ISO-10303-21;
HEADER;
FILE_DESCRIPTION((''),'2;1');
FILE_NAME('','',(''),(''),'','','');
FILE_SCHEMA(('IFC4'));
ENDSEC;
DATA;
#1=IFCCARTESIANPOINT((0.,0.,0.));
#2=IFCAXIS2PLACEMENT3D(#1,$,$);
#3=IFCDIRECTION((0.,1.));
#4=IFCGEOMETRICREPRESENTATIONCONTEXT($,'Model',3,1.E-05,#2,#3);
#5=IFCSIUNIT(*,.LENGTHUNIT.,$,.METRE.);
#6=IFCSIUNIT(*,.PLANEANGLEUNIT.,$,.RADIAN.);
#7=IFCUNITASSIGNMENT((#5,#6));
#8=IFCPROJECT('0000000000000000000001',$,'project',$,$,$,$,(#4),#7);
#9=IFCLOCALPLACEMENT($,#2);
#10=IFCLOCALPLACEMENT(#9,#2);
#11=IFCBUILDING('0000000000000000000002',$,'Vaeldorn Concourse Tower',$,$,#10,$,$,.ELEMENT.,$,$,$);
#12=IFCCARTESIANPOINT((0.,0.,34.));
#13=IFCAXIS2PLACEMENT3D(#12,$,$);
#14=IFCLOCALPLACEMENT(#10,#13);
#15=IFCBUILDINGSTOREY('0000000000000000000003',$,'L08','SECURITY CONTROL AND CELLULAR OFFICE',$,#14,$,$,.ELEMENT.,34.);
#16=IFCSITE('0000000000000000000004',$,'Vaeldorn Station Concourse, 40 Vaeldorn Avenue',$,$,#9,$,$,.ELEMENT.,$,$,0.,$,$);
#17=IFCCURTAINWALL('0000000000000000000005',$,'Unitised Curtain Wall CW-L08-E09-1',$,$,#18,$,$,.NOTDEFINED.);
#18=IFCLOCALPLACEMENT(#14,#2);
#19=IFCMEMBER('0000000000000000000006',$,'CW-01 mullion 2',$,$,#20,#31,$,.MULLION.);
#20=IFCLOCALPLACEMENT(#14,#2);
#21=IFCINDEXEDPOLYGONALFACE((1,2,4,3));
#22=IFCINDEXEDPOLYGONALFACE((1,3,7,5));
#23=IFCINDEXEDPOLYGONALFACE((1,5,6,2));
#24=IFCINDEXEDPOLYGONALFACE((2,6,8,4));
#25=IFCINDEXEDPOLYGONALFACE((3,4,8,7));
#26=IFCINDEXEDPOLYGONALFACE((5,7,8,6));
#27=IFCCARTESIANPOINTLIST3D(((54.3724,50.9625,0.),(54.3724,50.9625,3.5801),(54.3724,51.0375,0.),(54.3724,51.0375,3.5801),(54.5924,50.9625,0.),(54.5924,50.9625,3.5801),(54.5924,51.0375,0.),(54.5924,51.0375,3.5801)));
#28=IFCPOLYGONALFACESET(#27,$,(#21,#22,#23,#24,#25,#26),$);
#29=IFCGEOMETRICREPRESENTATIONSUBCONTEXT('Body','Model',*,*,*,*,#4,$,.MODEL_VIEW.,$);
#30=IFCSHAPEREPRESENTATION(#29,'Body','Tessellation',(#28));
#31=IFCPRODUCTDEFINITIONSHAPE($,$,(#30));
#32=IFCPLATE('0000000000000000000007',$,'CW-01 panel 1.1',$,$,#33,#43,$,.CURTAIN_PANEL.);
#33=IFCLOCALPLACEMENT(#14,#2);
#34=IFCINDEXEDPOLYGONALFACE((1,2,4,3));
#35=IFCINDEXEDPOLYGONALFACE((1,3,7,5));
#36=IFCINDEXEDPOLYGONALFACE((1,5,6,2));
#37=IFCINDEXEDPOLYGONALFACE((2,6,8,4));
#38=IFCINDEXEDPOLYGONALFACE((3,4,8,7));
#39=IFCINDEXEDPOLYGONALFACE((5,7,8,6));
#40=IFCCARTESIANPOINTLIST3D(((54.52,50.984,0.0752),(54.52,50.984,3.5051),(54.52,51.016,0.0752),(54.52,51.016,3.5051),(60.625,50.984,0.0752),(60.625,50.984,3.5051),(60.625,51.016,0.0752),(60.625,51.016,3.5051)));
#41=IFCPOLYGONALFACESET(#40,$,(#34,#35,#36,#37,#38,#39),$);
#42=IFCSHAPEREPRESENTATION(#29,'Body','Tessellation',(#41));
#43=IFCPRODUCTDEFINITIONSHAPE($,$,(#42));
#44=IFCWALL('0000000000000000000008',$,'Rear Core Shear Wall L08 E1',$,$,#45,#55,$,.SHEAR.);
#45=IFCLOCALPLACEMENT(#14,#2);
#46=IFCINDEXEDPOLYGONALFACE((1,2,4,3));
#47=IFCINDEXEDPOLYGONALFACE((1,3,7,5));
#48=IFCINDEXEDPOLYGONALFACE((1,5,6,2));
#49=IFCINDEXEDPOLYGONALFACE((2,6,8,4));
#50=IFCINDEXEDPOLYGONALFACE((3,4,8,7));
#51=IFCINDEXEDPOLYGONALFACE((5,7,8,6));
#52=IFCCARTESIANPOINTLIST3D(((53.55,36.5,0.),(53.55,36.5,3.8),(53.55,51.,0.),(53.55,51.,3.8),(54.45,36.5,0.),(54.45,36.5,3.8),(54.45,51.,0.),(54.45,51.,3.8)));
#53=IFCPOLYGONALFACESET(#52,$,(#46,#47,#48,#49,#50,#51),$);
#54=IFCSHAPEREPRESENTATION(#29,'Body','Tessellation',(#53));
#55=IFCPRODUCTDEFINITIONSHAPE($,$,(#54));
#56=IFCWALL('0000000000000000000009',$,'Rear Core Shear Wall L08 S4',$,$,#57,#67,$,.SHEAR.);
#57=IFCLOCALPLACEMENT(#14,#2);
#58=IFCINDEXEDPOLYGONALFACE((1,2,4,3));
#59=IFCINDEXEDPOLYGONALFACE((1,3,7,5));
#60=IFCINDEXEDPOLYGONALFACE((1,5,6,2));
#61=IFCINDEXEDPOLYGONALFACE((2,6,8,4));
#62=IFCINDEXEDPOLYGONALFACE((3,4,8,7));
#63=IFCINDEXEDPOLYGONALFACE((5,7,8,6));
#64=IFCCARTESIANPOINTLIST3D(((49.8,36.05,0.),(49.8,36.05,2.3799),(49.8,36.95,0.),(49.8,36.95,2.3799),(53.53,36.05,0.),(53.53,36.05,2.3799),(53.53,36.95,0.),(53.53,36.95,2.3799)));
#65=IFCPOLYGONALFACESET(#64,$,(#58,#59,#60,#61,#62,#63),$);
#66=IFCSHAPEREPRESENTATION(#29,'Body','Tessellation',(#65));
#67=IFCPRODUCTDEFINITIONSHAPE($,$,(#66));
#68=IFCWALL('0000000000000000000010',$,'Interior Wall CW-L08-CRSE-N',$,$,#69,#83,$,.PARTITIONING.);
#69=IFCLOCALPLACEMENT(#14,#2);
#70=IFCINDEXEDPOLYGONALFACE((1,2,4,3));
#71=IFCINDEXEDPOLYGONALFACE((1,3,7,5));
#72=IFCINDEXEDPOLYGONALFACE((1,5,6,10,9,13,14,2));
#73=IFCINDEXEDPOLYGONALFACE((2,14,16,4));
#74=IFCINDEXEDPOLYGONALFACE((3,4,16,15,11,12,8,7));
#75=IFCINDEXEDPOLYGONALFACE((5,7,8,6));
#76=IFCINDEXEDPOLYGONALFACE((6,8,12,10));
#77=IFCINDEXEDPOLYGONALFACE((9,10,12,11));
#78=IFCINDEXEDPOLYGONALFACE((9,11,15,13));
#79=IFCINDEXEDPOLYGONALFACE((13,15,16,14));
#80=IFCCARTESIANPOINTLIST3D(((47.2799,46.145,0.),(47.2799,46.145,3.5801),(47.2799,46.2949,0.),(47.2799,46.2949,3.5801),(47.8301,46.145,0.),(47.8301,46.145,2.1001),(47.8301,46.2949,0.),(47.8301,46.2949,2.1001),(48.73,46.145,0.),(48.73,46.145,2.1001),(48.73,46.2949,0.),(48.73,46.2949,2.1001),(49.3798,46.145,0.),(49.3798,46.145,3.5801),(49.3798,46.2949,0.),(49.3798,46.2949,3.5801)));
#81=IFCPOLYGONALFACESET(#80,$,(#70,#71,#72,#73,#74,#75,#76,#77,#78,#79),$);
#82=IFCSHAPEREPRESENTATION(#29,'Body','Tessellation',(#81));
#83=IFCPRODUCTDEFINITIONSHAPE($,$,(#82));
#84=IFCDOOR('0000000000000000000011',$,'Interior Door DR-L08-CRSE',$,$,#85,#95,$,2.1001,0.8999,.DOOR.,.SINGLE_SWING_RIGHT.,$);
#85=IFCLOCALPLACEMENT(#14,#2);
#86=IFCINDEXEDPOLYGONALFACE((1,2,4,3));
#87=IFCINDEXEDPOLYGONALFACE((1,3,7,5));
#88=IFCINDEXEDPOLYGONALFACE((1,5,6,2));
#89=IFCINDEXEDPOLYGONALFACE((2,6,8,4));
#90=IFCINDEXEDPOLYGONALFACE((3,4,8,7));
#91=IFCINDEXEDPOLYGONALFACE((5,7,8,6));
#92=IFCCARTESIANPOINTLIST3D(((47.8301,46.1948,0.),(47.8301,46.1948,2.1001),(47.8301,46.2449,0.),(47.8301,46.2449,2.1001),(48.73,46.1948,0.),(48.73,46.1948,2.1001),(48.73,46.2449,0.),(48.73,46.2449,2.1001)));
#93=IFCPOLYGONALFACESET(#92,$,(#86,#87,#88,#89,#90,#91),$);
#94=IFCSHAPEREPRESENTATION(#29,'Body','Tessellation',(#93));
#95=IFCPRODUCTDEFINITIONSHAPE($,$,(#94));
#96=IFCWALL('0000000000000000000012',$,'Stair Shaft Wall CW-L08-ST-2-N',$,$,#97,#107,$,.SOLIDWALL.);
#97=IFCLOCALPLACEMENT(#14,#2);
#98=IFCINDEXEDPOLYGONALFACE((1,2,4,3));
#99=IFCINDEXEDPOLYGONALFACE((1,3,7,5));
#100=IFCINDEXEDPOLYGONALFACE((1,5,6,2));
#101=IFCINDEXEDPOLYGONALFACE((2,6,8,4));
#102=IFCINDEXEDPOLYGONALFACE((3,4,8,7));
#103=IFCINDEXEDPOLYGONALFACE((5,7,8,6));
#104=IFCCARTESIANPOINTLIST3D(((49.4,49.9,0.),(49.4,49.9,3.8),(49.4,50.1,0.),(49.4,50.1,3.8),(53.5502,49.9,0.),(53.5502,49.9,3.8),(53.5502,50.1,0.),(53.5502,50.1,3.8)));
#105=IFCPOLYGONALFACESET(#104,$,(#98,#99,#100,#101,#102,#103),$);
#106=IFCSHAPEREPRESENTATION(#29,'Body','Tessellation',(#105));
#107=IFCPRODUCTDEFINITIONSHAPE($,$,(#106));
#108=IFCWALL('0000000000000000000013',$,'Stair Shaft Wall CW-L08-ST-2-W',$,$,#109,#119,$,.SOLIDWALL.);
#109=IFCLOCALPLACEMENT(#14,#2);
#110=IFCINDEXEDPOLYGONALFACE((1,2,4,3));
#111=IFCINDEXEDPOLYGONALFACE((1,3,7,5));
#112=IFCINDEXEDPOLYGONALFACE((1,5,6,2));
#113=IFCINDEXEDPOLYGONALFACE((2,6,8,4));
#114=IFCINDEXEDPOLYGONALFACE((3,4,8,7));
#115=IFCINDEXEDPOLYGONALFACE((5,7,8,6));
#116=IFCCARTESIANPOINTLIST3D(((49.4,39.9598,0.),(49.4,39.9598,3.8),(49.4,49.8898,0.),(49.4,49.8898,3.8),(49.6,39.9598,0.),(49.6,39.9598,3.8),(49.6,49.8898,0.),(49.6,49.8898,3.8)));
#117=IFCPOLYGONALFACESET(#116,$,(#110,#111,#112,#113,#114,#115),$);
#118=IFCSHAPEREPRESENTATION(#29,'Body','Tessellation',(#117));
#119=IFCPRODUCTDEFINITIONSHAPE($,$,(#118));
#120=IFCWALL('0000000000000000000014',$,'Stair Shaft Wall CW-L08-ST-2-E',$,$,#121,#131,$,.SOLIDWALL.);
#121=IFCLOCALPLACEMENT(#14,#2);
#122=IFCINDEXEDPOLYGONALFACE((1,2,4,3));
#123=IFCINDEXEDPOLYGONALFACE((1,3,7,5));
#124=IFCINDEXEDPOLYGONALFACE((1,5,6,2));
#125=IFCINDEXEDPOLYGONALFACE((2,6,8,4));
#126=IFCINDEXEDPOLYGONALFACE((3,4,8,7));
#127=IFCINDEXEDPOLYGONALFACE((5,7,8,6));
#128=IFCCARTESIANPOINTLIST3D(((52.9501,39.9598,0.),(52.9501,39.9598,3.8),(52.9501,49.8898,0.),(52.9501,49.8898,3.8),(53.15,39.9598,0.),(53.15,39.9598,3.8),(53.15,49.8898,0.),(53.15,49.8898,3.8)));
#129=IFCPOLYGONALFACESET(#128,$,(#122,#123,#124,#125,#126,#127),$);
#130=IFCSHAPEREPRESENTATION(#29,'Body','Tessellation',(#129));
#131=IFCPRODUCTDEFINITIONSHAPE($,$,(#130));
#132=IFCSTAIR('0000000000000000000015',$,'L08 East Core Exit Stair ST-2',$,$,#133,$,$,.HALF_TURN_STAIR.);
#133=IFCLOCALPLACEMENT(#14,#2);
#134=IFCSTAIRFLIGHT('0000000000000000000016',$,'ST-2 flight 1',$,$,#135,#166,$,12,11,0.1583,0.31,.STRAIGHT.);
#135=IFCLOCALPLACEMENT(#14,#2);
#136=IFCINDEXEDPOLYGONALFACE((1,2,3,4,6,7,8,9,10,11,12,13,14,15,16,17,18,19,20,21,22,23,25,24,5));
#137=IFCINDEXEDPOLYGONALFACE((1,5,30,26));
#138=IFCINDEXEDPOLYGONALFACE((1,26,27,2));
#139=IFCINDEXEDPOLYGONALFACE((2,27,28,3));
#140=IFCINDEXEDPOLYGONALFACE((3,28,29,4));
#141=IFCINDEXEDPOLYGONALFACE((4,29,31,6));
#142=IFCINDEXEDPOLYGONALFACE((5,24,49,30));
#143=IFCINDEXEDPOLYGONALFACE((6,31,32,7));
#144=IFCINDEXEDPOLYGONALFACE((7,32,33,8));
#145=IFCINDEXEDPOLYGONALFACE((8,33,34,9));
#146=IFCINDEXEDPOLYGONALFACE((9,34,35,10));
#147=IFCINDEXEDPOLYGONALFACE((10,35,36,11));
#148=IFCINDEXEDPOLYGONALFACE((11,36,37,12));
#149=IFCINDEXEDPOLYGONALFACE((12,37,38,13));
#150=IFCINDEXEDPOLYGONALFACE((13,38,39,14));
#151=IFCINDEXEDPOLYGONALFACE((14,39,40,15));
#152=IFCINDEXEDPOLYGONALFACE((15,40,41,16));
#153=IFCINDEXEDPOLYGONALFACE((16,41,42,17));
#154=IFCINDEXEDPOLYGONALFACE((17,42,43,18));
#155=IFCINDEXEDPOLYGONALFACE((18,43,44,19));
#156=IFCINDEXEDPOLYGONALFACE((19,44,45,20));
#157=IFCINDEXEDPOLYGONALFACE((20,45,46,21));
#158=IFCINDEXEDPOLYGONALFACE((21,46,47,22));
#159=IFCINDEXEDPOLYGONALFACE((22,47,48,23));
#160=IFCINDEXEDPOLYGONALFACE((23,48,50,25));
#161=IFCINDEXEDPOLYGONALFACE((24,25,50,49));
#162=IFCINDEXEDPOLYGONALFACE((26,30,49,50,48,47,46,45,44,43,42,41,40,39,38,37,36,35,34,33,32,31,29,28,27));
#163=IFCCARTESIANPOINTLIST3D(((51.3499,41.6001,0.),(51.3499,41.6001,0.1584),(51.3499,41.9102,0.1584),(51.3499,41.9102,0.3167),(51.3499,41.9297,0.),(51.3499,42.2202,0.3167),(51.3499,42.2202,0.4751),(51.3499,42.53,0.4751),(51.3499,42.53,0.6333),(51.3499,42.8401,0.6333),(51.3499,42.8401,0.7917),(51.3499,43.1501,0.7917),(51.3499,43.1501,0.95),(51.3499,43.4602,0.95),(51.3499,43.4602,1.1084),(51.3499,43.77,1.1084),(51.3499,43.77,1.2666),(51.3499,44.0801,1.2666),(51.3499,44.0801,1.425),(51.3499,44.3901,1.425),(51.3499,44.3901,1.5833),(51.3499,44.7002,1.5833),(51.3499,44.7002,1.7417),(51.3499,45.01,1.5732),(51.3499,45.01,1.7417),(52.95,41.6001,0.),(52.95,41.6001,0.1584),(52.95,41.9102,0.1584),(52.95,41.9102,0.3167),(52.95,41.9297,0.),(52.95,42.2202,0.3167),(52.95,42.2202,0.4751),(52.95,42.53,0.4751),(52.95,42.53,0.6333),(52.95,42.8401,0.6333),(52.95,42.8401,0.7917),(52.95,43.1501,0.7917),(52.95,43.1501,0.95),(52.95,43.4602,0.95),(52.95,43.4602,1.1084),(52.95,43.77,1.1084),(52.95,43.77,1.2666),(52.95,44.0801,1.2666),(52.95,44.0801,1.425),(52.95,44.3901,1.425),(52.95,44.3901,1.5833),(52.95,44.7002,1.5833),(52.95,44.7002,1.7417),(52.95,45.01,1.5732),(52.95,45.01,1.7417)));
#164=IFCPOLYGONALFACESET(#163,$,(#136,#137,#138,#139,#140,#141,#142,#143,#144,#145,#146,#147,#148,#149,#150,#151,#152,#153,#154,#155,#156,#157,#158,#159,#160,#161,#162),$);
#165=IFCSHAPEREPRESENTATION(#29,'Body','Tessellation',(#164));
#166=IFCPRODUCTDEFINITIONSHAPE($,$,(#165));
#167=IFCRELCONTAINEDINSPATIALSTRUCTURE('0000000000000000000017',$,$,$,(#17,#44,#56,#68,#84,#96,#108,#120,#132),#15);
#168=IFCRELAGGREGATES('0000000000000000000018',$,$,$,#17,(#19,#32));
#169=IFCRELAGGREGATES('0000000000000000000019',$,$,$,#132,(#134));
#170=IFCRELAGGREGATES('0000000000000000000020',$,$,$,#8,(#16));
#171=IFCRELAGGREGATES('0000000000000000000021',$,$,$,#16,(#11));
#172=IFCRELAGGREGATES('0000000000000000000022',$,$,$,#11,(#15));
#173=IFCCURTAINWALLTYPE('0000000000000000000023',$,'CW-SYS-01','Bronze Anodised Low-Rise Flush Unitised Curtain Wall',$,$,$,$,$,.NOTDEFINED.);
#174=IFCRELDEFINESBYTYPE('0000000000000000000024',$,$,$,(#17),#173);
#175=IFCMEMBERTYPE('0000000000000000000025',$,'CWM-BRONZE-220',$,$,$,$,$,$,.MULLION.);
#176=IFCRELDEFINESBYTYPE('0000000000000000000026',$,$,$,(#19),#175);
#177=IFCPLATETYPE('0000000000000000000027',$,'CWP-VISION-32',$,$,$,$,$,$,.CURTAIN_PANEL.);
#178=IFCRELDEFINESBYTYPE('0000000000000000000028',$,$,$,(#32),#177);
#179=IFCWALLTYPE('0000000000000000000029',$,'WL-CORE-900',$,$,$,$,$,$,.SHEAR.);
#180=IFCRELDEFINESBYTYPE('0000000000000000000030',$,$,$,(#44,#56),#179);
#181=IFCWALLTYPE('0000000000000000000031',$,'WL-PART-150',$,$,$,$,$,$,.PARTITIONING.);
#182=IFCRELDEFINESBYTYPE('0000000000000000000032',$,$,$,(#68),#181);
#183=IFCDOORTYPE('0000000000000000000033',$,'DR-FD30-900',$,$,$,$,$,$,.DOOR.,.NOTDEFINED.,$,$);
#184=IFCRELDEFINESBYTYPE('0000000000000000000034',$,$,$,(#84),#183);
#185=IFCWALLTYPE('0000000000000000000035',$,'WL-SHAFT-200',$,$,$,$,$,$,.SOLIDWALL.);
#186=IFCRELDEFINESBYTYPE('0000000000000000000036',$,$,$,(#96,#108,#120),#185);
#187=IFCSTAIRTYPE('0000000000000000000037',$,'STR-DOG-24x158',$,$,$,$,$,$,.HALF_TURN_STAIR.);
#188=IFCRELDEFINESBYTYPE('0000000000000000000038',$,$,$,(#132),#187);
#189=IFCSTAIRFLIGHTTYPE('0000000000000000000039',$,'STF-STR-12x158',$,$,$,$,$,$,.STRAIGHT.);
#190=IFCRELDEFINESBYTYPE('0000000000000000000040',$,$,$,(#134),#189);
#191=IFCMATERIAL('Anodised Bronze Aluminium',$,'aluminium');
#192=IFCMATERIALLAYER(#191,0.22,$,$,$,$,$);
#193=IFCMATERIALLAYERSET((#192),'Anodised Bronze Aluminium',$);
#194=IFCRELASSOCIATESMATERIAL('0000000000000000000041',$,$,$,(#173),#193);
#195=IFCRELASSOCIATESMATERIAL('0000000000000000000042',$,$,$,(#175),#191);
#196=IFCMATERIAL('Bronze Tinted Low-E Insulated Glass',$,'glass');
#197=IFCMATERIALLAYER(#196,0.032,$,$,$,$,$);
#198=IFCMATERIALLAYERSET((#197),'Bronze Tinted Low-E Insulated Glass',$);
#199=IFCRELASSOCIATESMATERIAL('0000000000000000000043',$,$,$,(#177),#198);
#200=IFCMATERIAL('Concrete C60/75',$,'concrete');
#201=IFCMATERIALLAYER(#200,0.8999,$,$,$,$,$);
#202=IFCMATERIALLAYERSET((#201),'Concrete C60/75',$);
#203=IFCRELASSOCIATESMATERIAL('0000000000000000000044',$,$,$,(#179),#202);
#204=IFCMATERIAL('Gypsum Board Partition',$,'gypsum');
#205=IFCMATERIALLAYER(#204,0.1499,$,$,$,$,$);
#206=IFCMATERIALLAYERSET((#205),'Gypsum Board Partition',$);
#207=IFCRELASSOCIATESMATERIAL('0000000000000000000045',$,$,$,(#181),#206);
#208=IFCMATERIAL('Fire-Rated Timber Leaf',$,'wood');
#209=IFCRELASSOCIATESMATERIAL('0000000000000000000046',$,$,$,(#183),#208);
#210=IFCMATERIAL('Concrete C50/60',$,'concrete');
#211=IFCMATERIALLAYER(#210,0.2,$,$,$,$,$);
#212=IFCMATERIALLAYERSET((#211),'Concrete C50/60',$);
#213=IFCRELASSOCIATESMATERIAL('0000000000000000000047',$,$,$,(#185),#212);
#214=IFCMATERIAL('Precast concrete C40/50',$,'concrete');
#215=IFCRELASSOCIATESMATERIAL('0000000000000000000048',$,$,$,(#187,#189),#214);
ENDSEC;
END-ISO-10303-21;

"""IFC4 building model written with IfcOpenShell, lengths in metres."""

from ifc_helpers import new_model, si_unit, direction, frame, frame_2d, origin, origin_2d, place, context, subcontext, project, spatial, polyline, rectangle, outline, extrude, source, transform, mapped, material, layer, layer_set, material_profile, profile_set, type_object, element, fill, aggregate, save


model = new_model("IFC4")

# Units and contexts
model_context = context("Model", 3, precision=1e-05, world=origin(), true_north=direction((0.0, 1.0)))
body_context = subcontext(model_context, "Body", "Model", "MODEL_VIEW")
ifc_project = project(units=[si_unit("LENGTHUNIT", "METRE"), si_unit("PLANEANGLEUNIT", "RADIAN")], contexts=[model_context])

# Site, building, storey
site_placement = place(None, origin())
site = spatial("IfcSite", under=ifc_project, at=site_placement, Name="Vaeldorn Station Concourse, 40 Vaeldorn Avenue", CompositionType="ELEMENT", RefElevation=0.0)
building_placement = place(site_placement, origin())
building = spatial("IfcBuilding", under=site, at=building_placement, Name="Vaeldorn Concourse Tower", CompositionType="ELEMENT")
storey_placement = place(building_placement, frame((0.0, 0.0, 34.0)))
storey = spatial("IfcBuildingStorey", under=building, at=storey_placement, Name="L08", Description="SECURITY CONTROL AND CELLULAR OFFICE", CompositionType="ELEMENT", Elevation=34.0)

# Shared definitions
ifc_material_1 = material(Name="Concrete C60/75", Category="concrete")

# Curtain wall, member, plate
ifc_material_2 = material(Name="Anodised Bronze Aluminium", Category="aluminium")
ifc_layer_1 = layer(ifc_material_2, 0.22)
ifc_layer_set_1 = layer_set([ifc_layer_1], Name="Anodised Bronze Aluminium")
curtain_wall_type = type_object("IfcCurtainWallType", Name="CW-SYS-01", Description="Bronze Anodised Low-Rise Flush Unitised Curtain Wall", PredefinedType="NOTDEFINED", material=ifc_layer_set_1)
curtain_wall_placement = place(storey_placement, origin())
curtain_wall = element("IfcCurtainWall", 1, at=curtain_wall_placement, inside=storey, type_object=curtain_wall_type, Name="Unitised Curtain Wall CW-L08-E09-1", PredefinedType="NOTDEFINED")
ifc_material_profile_1 = material_profile(ifc_material_2, rectangle(XDim=0.075, YDim=0.22, at=origin_2d()), Name="CWM 75x220")
ifc_profile_set_1 = profile_set([ifc_material_profile_1], Name="Anodised Bronze Aluminium")
member_type = type_object("IfcMemberType", Name="CWM-BRONZE-220", PredefinedType="MULLION", material=ifc_profile_set_1)
shared_shape_1 = source(origin(), body_context, "Body", "SweptSolid", [
    extrude(rectangle(XDim=0.075, YDim=0.22, at=origin_2d()), origin(), (0.0, 0.0, 1.0), 3.5801),
])
member_placement = place(storey_placement, frame((54.4824, 51.0, 0.0), z_axis=(0.0, 0.0, 1.0), x_axis=(0.0, -1.0, 0.0)))
member = element("IfcMember", 2, at=member_placement, type_object=member_type, Name="CW-01 mullion 2", PredefinedType="MULLION", context=body_context, shape_type="MappedRepresentation", body=[
    mapped(shared_shape_1, transform((0.0, 0.0, 0.0), scale=1.0)),
])
ifc_material_3 = material(Name="Bronze Tinted Low-E Insulated Glass", Category="glass")
ifc_layer_2 = layer(ifc_material_3, 0.032)
ifc_layer_set_2 = layer_set([ifc_layer_2], Name="Bronze Tinted Low-E Insulated Glass")
plate_type = type_object("IfcPlateType", Name="CWP-VISION-32", PredefinedType="CURTAIN_PANEL", material=ifc_layer_set_2)
shared_shape_2 = source(origin(), body_context, "Body", "SweptSolid", [
    extrude(rectangle(XDim=6.105, YDim=0.032, at=origin_2d()), origin(), (0.0, 0.0, 1.0), 3.4299),
])
plate_placement = place(storey_placement, frame((57.5725, 51.0, 0.0752), z_axis=(0.0, 0.0, 1.0), x_axis=(-1.0, 0.0, 0.0)))
plate = element("IfcPlate", 3, at=plate_placement, type_object=plate_type, Name="CW-01 panel 1.1", PredefinedType="CURTAIN_PANEL", context=body_context, shape_type="MappedRepresentation", body=[
    mapped(shared_shape_2, transform((0.0, 0.0, 0.0), scale=1.0)),
])
aggregate(curtain_wall, [member, plate])

# Walls
ifc_layer_3 = layer(ifc_material_1, 0.8999)
ifc_layer_set_3 = layer_set([ifc_layer_3], Name="Concrete C60/75")
wall_type_1 = type_object("IfcWallType", Name="WL-CORE-900", PredefinedType="SHEAR", material=ifc_layer_set_3)
wall_1_placement = place(storey_placement, frame((54.0, 36.5, 0.0), z_axis=(0.0, 0.0, 1.0), x_axis=(0.0, 1.0, 0.0)))
element("IfcWall", 4, at=wall_1_placement, inside=storey, type_object=wall_type_1, Name="Rear Core Shear Wall L08 E1", PredefinedType="SHEAR", context=body_context, shape_type="SweptSolid", body=[
    extrude(rectangle(XDim=14.5, YDim=0.8999, at=frame_2d((7.25, 0.0))), origin(), (0.0, 0.0, 1.0), 3.8),
])
wall_2_placement = place(storey_placement, frame((49.8, 36.5, 0.0), z_axis=(0.0, 0.0, 1.0), x_axis=(1.0, 0.0, 0.0)))
element("IfcWall", 5, at=wall_2_placement, inside=storey, type_object=wall_type_1, Name="Rear Core Shear Wall L08 S4", PredefinedType="SHEAR", context=body_context, shape_type="SweptSolid", body=[
    extrude(rectangle(XDim=3.73, YDim=0.8999, at=frame_2d((1.865, 0.0))), origin(), (0.0, 0.0, 1.0), 2.3799),
])

# Wall, opening, door
ifc_material_4 = material(Name="Gypsum Board Partition", Category="gypsum")
ifc_layer_4 = layer(ifc_material_4, 0.1499)
ifc_layer_set_4 = layer_set([ifc_layer_4], Name="Gypsum Board Partition")
wall_type_2 = type_object("IfcWallType", Name="WL-PART-150", PredefinedType="PARTITIONING", material=ifc_layer_set_4)
wall_3_placement = place(storey_placement, frame((47.28, 46.22, 0.0), z_axis=(0.0, 0.0, 1.0), x_axis=(1.0, 0.0, 0.0)))
wall_3 = element("IfcWall", 6, at=wall_3_placement, inside=storey, type_object=wall_type_2, Name="Interior Wall CW-L08-CRSE-N", PredefinedType="PARTITIONING", context=body_context, shape_type="SweptSolid", body=[
    extrude(rectangle(XDim=2.0999, YDim=0.1499, at=frame_2d((1.0498, 0.0))), origin(), (0.0, 0.0, 1.0), 3.5801),
])
opening_1_placement = place(wall_3_placement, frame((0.55, 0.0, 0.0)))
opening_1 = element("IfcOpeningElement", 7, at=opening_1_placement, cuts=wall_3, PredefinedType="OPENING", context=body_context, shape_type="SweptSolid", body=[
    extrude(rectangle(XDim=0.8999, YDim=2.1001, at=frame_2d((0.45, 1.05))), frame((0.0, 0.085, 0.0), z_axis=(0.0, -1.0, 0.0), x_axis=(1.0, 0.0, 0.0)), (0.0, 0.0, 1.0), 0.1699),
])
ifc_material_5 = material(Name="Fire-Rated Timber Leaf", Category="wood")
door_type_1 = type_object("IfcDoorType", Name="DR-FD30-900", OperationType="NOTDEFINED", PredefinedType="DOOR", material=ifc_material_5)
shared_shape_3 = source(origin(), body_context, "Body", "SweptSolid", [
    extrude(rectangle(XDim=0.8999, YDim=2.1001, at=frame_2d((0.45, 1.05))), frame((0.0, 0.0249, 0.0), z_axis=(0.0, -1.0, 0.0), x_axis=(1.0, 0.0, 0.0)), (0.0, 0.0, 1.0), 0.05),
])
door_1_placement = place(opening_1_placement, origin())
door_1 = element("IfcDoor", 8, at=door_1_placement, inside=storey, type_object=door_type_1, Name="Interior Door DR-L08-CRSE", OperationType="SINGLE_SWING_RIGHT", OverallHeight=2.1001, OverallWidth=0.8999, PredefinedType="DOOR", context=body_context, shape_type="MappedRepresentation", body=[
    mapped(shared_shape_3, transform((0.0, 0.0, 0.0), scale=1.0)),
])
fill(opening_1, door_1)
ifc_material_6 = material(Name="Concrete C50/60", Category="concrete")
ifc_layer_5 = layer(ifc_material_6, 0.2)
ifc_layer_set_5 = layer_set([ifc_layer_5], Name="Concrete C50/60")
wall_type_3 = type_object("IfcWallType", Name="WL-SHAFT-200", PredefinedType="SOLIDWALL", material=ifc_layer_set_5)

# Walls
wall_4_placement = place(storey_placement, frame((49.3999, 50.0, 0.0), z_axis=(0.0, 0.0, 1.0), x_axis=(1.0, 0.0, 0.0)))
element("IfcWall", 9, at=wall_4_placement, inside=storey, type_object=wall_type_3, Name="Stair Shaft Wall CW-L08-ST-2-N", PredefinedType="SOLIDWALL", context=body_context, shape_type="SweptSolid", body=[
    extrude(rectangle(XDim=4.1501, YDim=0.2, at=frame_2d((2.0752, 0.0))), origin(), (0.0, 0.0, 1.0), 3.8),
])
for number, where, z_axis, x_axis, name in (
    (10, (49.5, 39.96, 0.0), (0.0, 0.0, 1.0), (0.0, 1.0, 0.0), "Stair Shaft Wall CW-L08-ST-2-W"),
    (11, (53.05, 39.96, 0.0), (0.0, 0.0, 1.0), (0.0, 1.0, 0.0), "Stair Shaft Wall CW-L08-ST-2-E"),
):
    element("IfcWall", number, at=place(storey_placement, frame(where, z_axis=z_axis, x_axis=x_axis)), inside=storey, type_object=wall_type_3, Name=name, PredefinedType="SOLIDWALL", context=body_context, shape_type="SweptSolid", body=[
        extrude(rectangle(XDim=9.9299, YDim=0.2, at=frame_2d((4.9648, 0.0))), origin(), (0.0, 0.0, 1.0), 3.8),
    ])

# Stair, stair flight
ifc_material_7 = material(Name="Precast concrete C40/50", Category="concrete")
stair_type = type_object("IfcStairType", Name="STR-DOG-24x158", PredefinedType="HALF_TURN_STAIR", material=ifc_material_7)
stair_placement = place(storey_placement, origin())
stair = element("IfcStair", 12, at=stair_placement, inside=storey, type_object=stair_type, Name="L08 East Core Exit Stair ST-2", PredefinedType="HALF_TURN_STAIR")
stair_flight_type = type_object("IfcStairFlightType", Name="STF-STR-12x158", PredefinedType="STRAIGHT", material=ifc_material_7)
stair_flight_1_placement = place(storey_placement, frame((52.1499, 41.6001, 0.0), z_axis=(0.0, 0.0, 1.0), x_axis=(0.0, 1.0, 0.0)))
stair_flight_1 = element("IfcStairFlight", 13, at=stair_flight_1_placement, type_object=stair_flight_type, Name="ST-2 flight 1", NumberOfRisers=12, NumberOfTreads=11, PredefinedType="STRAIGHT", RiserHeight=0.1583, TreadLength=0.31, context=body_context, shape_type="SweptSolid", body=[
    extrude(outline(polyline([(0.0, 0.0), (0.0, 0.1584), (0.3101, 0.1584), (0.3101, 0.3167), (0.6201, 0.3167), (0.6201, 0.4751), (0.9299, 0.4751), (0.9299, 0.6333), (1.24, 0.6333), (1.24, 0.7917), (1.55, 0.7917), (1.55, 0.95), (1.8601, 0.95), (1.8601, 1.1084), (2.1699, 1.1084), (2.1699, 1.2666), (2.48, 1.2666), (2.48, 1.425), (2.79, 1.425), (2.79, 1.5833), (3.1001, 1.5833), (3.1001, 1.7417), (3.4099, 1.7417), (3.4099, 1.8999), (3.4099, 1.5732), (0.3296, 0.0), (0.0, 0.0)])), frame((0.0, 0.8, 0.0), z_axis=(0.0, -1.0, 0.0), x_axis=(1.0, 0.0, 0.0)), (0.0, 0.0, 1.0), 1.6001),
])
aggregate(stair, [stair_flight_1])

save(model, "model.ifc")
